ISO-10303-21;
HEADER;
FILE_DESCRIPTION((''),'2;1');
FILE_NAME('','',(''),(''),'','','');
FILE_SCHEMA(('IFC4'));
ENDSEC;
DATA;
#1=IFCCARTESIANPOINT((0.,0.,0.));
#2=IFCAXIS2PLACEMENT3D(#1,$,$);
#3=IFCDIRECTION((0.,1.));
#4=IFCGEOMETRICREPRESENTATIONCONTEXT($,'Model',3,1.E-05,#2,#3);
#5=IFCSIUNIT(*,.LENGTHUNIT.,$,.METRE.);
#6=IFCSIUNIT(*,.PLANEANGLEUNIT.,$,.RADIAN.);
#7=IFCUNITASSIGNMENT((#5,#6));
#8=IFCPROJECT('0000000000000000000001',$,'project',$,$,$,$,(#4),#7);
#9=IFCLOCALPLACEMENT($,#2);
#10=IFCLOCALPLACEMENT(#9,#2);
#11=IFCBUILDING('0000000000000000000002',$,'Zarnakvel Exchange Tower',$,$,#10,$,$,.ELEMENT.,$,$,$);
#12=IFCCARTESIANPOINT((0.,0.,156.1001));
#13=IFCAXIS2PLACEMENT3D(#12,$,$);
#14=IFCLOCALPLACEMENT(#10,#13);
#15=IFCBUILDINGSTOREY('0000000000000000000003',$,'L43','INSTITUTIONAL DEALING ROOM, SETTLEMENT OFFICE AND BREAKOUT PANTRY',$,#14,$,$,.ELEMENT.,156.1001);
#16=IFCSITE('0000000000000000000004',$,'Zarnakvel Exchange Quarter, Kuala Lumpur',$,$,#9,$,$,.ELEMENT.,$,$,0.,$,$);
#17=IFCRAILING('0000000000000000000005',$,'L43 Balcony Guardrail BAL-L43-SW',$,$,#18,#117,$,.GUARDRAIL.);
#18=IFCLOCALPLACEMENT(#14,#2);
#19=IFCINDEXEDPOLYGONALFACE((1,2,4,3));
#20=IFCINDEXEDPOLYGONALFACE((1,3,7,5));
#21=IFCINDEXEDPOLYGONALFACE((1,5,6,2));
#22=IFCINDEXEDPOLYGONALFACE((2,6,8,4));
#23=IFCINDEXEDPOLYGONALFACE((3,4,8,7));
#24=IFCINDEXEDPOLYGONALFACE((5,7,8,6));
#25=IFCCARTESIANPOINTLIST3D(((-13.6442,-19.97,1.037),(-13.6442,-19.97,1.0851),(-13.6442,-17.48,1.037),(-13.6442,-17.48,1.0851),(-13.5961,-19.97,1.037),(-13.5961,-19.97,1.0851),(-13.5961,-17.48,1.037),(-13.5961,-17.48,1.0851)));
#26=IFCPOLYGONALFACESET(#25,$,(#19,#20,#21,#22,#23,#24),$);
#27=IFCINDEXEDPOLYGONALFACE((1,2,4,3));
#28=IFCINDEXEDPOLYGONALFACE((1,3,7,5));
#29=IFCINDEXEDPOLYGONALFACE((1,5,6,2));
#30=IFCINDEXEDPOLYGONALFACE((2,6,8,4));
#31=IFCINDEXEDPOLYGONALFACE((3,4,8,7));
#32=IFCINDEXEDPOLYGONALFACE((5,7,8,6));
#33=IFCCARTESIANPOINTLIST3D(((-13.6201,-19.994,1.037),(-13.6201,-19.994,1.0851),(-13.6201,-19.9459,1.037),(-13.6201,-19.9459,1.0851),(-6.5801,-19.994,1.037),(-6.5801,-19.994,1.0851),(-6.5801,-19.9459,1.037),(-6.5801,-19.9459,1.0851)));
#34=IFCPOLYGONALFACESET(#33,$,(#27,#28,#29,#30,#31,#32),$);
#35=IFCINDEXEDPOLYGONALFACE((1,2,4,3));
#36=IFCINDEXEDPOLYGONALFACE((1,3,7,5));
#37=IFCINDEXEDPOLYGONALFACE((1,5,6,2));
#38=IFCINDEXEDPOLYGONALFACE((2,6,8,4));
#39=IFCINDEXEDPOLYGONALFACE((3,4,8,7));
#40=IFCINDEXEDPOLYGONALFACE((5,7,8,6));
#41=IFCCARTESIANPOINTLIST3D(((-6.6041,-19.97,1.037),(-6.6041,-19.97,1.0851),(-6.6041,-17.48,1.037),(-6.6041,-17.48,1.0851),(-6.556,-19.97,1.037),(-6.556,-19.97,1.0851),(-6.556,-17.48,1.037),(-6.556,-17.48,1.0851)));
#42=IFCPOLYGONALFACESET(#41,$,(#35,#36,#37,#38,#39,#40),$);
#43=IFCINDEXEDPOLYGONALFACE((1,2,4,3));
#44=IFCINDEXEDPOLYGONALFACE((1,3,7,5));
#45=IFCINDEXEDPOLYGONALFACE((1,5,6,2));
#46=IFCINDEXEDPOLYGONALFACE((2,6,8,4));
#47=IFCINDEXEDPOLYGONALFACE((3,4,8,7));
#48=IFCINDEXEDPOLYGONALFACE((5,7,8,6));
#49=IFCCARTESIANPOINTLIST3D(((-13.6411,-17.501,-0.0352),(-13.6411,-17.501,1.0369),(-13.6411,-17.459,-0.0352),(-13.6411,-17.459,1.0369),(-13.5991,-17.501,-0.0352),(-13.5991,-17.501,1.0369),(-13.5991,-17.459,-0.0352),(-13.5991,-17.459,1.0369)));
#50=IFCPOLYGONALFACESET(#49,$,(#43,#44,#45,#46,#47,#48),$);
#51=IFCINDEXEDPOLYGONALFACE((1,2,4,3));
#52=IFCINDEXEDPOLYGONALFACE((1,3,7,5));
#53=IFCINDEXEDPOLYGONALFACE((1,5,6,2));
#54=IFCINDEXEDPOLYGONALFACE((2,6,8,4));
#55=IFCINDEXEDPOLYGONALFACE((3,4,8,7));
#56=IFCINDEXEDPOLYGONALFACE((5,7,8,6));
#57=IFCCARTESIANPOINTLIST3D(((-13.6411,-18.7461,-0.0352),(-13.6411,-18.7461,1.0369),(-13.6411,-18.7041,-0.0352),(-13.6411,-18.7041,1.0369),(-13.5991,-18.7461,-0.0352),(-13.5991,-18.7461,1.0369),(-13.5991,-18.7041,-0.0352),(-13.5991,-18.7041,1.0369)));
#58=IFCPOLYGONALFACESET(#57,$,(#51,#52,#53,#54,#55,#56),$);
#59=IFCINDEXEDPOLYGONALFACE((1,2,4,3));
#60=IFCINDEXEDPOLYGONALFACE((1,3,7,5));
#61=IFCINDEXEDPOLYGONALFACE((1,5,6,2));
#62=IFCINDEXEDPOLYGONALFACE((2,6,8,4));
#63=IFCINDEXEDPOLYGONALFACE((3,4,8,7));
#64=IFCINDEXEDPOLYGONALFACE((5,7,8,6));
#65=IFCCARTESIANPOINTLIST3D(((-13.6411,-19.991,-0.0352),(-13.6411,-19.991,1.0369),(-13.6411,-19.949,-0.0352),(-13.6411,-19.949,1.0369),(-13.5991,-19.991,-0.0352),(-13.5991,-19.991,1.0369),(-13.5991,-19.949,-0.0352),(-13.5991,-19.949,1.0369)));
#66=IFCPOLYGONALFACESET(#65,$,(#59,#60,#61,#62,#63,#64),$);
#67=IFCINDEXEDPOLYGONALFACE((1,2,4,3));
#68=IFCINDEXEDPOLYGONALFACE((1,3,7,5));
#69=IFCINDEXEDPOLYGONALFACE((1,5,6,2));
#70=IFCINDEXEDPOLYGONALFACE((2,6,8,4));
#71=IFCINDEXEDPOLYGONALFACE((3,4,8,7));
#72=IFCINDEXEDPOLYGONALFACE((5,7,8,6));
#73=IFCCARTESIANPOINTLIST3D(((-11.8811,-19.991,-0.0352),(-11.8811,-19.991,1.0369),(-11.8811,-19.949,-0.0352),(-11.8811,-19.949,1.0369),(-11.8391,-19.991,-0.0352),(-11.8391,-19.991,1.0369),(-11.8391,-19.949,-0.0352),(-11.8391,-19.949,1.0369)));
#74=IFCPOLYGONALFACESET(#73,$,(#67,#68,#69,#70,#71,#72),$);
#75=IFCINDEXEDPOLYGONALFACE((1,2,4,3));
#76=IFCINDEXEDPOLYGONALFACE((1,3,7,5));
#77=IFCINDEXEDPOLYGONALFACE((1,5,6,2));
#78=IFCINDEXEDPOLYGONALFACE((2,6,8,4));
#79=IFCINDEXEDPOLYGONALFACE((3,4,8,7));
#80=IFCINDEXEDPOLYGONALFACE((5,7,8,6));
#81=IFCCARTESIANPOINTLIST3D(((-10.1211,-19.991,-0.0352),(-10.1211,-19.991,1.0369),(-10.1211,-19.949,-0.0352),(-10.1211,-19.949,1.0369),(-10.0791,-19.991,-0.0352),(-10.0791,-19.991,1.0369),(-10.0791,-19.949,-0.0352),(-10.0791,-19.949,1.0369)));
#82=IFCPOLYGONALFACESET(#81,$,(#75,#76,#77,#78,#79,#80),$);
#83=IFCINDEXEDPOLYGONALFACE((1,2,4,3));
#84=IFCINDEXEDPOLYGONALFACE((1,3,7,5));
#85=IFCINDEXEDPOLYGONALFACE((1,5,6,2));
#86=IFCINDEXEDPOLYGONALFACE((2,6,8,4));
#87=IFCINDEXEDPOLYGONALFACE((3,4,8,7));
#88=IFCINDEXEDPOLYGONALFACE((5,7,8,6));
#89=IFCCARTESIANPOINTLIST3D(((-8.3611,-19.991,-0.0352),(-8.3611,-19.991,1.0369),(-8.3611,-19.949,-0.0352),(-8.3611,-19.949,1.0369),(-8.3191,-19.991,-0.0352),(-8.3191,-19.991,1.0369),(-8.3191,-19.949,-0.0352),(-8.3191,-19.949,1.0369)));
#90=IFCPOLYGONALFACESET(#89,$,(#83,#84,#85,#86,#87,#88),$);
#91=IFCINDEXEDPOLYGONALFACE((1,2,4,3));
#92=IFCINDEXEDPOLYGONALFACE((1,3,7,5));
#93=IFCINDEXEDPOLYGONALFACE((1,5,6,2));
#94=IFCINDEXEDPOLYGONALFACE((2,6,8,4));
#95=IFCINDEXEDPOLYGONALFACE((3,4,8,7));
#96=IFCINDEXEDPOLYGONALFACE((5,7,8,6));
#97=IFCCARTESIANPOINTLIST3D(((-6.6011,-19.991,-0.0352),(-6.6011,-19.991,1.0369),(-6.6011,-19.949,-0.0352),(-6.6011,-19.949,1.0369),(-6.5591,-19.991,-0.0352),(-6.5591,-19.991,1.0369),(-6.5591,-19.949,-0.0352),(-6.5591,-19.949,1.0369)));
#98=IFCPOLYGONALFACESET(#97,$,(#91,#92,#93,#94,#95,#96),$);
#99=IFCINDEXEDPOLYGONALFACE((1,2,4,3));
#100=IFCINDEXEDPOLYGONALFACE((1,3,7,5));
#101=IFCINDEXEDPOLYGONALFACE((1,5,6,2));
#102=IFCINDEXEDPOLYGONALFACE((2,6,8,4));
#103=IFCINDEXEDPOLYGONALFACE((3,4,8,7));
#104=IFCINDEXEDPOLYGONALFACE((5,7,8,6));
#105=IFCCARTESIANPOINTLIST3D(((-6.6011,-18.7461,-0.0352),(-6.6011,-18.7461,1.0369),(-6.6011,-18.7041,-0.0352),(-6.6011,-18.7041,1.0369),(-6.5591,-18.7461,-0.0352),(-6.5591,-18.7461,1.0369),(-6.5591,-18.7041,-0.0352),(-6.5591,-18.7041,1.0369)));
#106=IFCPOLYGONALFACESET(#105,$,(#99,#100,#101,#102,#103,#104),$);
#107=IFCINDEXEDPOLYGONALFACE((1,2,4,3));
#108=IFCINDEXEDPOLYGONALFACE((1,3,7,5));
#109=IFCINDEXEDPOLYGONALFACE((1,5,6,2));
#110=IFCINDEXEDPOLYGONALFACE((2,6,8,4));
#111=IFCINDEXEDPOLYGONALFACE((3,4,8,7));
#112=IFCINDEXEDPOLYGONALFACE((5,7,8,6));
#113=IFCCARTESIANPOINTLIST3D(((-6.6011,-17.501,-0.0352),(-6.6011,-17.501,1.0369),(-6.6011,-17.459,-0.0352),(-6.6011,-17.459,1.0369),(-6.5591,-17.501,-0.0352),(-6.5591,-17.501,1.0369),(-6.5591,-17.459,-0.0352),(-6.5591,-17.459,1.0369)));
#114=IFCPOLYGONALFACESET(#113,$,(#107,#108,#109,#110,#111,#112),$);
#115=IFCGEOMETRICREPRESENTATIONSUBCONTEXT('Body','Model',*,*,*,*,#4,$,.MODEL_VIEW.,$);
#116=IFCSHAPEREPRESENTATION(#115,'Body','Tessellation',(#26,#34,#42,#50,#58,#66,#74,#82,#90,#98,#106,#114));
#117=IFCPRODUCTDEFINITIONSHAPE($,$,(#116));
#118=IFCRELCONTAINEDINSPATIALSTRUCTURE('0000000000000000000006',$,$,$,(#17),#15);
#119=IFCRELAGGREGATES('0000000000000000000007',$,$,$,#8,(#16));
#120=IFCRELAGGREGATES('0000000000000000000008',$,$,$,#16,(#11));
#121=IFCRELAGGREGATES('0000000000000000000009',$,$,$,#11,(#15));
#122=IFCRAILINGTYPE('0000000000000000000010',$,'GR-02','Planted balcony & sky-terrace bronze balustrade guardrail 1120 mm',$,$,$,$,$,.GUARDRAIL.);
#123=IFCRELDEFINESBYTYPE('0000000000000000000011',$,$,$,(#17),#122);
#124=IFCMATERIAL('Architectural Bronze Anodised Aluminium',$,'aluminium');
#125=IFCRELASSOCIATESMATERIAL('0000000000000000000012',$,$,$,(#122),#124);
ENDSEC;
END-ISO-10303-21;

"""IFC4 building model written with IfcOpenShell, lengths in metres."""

from ifc_helpers import new_model, si_unit, direction, frame, origin, origin_2d, place, context, subcontext, project, spatial, rectangle, extrude, material, type_object, element, save


model = new_model("IFC4")

# Units and contexts
model_context = context("Model", 3, precision=1e-05, world=origin(), true_north=direction((0.0, 1.0)))
body_context = subcontext(model_context, "Body", "Model", "MODEL_VIEW")
ifc_project = project(units=[si_unit("LENGTHUNIT", "METRE"), si_unit("PLANEANGLEUNIT", "RADIAN")], contexts=[model_context])

# Site, building, storey
site_placement = place(None, origin())
site = spatial("IfcSite", under=ifc_project, at=site_placement, Name="Zarnakvel Exchange Quarter, Kuala Lumpur", CompositionType="ELEMENT", RefElevation=0.0)
building_placement = place(site_placement, origin())
building = spatial("IfcBuilding", under=site, at=building_placement, Name="Zarnakvel Exchange Tower", CompositionType="ELEMENT")
storey_placement = place(building_placement, frame((0.0, 0.0, 156.1001)))
storey = spatial("IfcBuildingStorey", under=building, at=storey_placement, Name="L43", Description="INSTITUTIONAL DEALING ROOM, SETTLEMENT OFFICE AND BREAKOUT PANTRY", CompositionType="ELEMENT", Elevation=156.1001)

# Shared definitions
ifc_material_1 = material(Name="Architectural Bronze Anodised Aluminium", Category="aluminium")

# Railing
railing_type = type_object("IfcRailingType", Name="GR-02", Description="Planted balcony & sky-terrace bronze balustrade guardrail 1120 mm", PredefinedType="GUARDRAIL", material=ifc_material_1)
railing_placement = place(storey_placement, frame((-13.6201, -17.48, -0.0352)))
element("IfcRailing", 1, at=railing_placement, inside=storey, type_object=railing_type, Name="L43 Balcony Guardrail BAL-L43-SW", PredefinedType="GUARDRAIL", context=body_context, shape_type="SweptSolid", body=[
    extrude(rectangle(XDim=0.0481, YDim=0.0481, at=origin_2d()), frame((0.0, 0.0, 1.0962), z_axis=(0.0, -1.0, 0.0), x_axis=(1.0, 0.0, 0.0)), (0.0, 0.0, 1.0), 2.49),
    extrude(rectangle(XDim=0.0481, YDim=0.0481, at=origin_2d()), frame((0.0, -2.49, 1.0962), z_axis=(1.0, 0.0, 0.0), x_axis=(0.0, 1.0, 0.0)), (0.0, 0.0, 1.0), 7.04),
    extrude(rectangle(XDim=0.0481, YDim=0.0481, at=origin_2d()), frame((7.04, -2.49, 1.0962), z_axis=(0.0, 1.0, 0.0), x_axis=(-1.0, 0.0, 0.0)), (0.0, 0.0, 1.0), 2.49),
    extrude(rectangle(XDim=0.042, YDim=0.042, at=origin_2d()), origin(), (0.0, 0.0, 1.0), 1.072),
    extrude(rectangle(XDim=0.042, YDim=0.042, at=origin_2d()), frame((0.0, -1.2451, 0.0)), (0.0, 0.0, 1.0), 1.072),
    extrude(rectangle(XDim=0.042, YDim=0.042, at=origin_2d()), frame((0.0, -2.49, 0.0)), (0.0, 0.0, 1.0), 1.072),
    extrude(rectangle(XDim=0.042, YDim=0.042, at=origin_2d()), frame((1.76, -2.49, 0.0)), (0.0, 0.0, 1.0), 1.072),
    extrude(rectangle(XDim=0.042, YDim=0.042, at=origin_2d()), frame((3.52, -2.49, 0.0)), (0.0, 0.0, 1.0), 1.072),
    extrude(rectangle(XDim=0.042, YDim=0.042, at=origin_2d()), frame((5.28, -2.49, 0.0)), (0.0, 0.0, 1.0), 1.072),
    extrude(rectangle(XDim=0.042, YDim=0.042, at=origin_2d()), frame((7.04, -2.49, 0.0)), (0.0, 0.0, 1.0), 1.072),
    extrude(rectangle(XDim=0.042, YDim=0.042, at=origin_2d()), frame((7.04, -1.2451, 0.0)), (0.0, 0.0, 1.0), 1.072),
    extrude(rectangle(XDim=0.042, YDim=0.042, at=origin_2d()), frame((7.04, 0.0, 0.0)), (0.0, 0.0, 1.0), 1.072),
])

save(model, "model.ifc")
